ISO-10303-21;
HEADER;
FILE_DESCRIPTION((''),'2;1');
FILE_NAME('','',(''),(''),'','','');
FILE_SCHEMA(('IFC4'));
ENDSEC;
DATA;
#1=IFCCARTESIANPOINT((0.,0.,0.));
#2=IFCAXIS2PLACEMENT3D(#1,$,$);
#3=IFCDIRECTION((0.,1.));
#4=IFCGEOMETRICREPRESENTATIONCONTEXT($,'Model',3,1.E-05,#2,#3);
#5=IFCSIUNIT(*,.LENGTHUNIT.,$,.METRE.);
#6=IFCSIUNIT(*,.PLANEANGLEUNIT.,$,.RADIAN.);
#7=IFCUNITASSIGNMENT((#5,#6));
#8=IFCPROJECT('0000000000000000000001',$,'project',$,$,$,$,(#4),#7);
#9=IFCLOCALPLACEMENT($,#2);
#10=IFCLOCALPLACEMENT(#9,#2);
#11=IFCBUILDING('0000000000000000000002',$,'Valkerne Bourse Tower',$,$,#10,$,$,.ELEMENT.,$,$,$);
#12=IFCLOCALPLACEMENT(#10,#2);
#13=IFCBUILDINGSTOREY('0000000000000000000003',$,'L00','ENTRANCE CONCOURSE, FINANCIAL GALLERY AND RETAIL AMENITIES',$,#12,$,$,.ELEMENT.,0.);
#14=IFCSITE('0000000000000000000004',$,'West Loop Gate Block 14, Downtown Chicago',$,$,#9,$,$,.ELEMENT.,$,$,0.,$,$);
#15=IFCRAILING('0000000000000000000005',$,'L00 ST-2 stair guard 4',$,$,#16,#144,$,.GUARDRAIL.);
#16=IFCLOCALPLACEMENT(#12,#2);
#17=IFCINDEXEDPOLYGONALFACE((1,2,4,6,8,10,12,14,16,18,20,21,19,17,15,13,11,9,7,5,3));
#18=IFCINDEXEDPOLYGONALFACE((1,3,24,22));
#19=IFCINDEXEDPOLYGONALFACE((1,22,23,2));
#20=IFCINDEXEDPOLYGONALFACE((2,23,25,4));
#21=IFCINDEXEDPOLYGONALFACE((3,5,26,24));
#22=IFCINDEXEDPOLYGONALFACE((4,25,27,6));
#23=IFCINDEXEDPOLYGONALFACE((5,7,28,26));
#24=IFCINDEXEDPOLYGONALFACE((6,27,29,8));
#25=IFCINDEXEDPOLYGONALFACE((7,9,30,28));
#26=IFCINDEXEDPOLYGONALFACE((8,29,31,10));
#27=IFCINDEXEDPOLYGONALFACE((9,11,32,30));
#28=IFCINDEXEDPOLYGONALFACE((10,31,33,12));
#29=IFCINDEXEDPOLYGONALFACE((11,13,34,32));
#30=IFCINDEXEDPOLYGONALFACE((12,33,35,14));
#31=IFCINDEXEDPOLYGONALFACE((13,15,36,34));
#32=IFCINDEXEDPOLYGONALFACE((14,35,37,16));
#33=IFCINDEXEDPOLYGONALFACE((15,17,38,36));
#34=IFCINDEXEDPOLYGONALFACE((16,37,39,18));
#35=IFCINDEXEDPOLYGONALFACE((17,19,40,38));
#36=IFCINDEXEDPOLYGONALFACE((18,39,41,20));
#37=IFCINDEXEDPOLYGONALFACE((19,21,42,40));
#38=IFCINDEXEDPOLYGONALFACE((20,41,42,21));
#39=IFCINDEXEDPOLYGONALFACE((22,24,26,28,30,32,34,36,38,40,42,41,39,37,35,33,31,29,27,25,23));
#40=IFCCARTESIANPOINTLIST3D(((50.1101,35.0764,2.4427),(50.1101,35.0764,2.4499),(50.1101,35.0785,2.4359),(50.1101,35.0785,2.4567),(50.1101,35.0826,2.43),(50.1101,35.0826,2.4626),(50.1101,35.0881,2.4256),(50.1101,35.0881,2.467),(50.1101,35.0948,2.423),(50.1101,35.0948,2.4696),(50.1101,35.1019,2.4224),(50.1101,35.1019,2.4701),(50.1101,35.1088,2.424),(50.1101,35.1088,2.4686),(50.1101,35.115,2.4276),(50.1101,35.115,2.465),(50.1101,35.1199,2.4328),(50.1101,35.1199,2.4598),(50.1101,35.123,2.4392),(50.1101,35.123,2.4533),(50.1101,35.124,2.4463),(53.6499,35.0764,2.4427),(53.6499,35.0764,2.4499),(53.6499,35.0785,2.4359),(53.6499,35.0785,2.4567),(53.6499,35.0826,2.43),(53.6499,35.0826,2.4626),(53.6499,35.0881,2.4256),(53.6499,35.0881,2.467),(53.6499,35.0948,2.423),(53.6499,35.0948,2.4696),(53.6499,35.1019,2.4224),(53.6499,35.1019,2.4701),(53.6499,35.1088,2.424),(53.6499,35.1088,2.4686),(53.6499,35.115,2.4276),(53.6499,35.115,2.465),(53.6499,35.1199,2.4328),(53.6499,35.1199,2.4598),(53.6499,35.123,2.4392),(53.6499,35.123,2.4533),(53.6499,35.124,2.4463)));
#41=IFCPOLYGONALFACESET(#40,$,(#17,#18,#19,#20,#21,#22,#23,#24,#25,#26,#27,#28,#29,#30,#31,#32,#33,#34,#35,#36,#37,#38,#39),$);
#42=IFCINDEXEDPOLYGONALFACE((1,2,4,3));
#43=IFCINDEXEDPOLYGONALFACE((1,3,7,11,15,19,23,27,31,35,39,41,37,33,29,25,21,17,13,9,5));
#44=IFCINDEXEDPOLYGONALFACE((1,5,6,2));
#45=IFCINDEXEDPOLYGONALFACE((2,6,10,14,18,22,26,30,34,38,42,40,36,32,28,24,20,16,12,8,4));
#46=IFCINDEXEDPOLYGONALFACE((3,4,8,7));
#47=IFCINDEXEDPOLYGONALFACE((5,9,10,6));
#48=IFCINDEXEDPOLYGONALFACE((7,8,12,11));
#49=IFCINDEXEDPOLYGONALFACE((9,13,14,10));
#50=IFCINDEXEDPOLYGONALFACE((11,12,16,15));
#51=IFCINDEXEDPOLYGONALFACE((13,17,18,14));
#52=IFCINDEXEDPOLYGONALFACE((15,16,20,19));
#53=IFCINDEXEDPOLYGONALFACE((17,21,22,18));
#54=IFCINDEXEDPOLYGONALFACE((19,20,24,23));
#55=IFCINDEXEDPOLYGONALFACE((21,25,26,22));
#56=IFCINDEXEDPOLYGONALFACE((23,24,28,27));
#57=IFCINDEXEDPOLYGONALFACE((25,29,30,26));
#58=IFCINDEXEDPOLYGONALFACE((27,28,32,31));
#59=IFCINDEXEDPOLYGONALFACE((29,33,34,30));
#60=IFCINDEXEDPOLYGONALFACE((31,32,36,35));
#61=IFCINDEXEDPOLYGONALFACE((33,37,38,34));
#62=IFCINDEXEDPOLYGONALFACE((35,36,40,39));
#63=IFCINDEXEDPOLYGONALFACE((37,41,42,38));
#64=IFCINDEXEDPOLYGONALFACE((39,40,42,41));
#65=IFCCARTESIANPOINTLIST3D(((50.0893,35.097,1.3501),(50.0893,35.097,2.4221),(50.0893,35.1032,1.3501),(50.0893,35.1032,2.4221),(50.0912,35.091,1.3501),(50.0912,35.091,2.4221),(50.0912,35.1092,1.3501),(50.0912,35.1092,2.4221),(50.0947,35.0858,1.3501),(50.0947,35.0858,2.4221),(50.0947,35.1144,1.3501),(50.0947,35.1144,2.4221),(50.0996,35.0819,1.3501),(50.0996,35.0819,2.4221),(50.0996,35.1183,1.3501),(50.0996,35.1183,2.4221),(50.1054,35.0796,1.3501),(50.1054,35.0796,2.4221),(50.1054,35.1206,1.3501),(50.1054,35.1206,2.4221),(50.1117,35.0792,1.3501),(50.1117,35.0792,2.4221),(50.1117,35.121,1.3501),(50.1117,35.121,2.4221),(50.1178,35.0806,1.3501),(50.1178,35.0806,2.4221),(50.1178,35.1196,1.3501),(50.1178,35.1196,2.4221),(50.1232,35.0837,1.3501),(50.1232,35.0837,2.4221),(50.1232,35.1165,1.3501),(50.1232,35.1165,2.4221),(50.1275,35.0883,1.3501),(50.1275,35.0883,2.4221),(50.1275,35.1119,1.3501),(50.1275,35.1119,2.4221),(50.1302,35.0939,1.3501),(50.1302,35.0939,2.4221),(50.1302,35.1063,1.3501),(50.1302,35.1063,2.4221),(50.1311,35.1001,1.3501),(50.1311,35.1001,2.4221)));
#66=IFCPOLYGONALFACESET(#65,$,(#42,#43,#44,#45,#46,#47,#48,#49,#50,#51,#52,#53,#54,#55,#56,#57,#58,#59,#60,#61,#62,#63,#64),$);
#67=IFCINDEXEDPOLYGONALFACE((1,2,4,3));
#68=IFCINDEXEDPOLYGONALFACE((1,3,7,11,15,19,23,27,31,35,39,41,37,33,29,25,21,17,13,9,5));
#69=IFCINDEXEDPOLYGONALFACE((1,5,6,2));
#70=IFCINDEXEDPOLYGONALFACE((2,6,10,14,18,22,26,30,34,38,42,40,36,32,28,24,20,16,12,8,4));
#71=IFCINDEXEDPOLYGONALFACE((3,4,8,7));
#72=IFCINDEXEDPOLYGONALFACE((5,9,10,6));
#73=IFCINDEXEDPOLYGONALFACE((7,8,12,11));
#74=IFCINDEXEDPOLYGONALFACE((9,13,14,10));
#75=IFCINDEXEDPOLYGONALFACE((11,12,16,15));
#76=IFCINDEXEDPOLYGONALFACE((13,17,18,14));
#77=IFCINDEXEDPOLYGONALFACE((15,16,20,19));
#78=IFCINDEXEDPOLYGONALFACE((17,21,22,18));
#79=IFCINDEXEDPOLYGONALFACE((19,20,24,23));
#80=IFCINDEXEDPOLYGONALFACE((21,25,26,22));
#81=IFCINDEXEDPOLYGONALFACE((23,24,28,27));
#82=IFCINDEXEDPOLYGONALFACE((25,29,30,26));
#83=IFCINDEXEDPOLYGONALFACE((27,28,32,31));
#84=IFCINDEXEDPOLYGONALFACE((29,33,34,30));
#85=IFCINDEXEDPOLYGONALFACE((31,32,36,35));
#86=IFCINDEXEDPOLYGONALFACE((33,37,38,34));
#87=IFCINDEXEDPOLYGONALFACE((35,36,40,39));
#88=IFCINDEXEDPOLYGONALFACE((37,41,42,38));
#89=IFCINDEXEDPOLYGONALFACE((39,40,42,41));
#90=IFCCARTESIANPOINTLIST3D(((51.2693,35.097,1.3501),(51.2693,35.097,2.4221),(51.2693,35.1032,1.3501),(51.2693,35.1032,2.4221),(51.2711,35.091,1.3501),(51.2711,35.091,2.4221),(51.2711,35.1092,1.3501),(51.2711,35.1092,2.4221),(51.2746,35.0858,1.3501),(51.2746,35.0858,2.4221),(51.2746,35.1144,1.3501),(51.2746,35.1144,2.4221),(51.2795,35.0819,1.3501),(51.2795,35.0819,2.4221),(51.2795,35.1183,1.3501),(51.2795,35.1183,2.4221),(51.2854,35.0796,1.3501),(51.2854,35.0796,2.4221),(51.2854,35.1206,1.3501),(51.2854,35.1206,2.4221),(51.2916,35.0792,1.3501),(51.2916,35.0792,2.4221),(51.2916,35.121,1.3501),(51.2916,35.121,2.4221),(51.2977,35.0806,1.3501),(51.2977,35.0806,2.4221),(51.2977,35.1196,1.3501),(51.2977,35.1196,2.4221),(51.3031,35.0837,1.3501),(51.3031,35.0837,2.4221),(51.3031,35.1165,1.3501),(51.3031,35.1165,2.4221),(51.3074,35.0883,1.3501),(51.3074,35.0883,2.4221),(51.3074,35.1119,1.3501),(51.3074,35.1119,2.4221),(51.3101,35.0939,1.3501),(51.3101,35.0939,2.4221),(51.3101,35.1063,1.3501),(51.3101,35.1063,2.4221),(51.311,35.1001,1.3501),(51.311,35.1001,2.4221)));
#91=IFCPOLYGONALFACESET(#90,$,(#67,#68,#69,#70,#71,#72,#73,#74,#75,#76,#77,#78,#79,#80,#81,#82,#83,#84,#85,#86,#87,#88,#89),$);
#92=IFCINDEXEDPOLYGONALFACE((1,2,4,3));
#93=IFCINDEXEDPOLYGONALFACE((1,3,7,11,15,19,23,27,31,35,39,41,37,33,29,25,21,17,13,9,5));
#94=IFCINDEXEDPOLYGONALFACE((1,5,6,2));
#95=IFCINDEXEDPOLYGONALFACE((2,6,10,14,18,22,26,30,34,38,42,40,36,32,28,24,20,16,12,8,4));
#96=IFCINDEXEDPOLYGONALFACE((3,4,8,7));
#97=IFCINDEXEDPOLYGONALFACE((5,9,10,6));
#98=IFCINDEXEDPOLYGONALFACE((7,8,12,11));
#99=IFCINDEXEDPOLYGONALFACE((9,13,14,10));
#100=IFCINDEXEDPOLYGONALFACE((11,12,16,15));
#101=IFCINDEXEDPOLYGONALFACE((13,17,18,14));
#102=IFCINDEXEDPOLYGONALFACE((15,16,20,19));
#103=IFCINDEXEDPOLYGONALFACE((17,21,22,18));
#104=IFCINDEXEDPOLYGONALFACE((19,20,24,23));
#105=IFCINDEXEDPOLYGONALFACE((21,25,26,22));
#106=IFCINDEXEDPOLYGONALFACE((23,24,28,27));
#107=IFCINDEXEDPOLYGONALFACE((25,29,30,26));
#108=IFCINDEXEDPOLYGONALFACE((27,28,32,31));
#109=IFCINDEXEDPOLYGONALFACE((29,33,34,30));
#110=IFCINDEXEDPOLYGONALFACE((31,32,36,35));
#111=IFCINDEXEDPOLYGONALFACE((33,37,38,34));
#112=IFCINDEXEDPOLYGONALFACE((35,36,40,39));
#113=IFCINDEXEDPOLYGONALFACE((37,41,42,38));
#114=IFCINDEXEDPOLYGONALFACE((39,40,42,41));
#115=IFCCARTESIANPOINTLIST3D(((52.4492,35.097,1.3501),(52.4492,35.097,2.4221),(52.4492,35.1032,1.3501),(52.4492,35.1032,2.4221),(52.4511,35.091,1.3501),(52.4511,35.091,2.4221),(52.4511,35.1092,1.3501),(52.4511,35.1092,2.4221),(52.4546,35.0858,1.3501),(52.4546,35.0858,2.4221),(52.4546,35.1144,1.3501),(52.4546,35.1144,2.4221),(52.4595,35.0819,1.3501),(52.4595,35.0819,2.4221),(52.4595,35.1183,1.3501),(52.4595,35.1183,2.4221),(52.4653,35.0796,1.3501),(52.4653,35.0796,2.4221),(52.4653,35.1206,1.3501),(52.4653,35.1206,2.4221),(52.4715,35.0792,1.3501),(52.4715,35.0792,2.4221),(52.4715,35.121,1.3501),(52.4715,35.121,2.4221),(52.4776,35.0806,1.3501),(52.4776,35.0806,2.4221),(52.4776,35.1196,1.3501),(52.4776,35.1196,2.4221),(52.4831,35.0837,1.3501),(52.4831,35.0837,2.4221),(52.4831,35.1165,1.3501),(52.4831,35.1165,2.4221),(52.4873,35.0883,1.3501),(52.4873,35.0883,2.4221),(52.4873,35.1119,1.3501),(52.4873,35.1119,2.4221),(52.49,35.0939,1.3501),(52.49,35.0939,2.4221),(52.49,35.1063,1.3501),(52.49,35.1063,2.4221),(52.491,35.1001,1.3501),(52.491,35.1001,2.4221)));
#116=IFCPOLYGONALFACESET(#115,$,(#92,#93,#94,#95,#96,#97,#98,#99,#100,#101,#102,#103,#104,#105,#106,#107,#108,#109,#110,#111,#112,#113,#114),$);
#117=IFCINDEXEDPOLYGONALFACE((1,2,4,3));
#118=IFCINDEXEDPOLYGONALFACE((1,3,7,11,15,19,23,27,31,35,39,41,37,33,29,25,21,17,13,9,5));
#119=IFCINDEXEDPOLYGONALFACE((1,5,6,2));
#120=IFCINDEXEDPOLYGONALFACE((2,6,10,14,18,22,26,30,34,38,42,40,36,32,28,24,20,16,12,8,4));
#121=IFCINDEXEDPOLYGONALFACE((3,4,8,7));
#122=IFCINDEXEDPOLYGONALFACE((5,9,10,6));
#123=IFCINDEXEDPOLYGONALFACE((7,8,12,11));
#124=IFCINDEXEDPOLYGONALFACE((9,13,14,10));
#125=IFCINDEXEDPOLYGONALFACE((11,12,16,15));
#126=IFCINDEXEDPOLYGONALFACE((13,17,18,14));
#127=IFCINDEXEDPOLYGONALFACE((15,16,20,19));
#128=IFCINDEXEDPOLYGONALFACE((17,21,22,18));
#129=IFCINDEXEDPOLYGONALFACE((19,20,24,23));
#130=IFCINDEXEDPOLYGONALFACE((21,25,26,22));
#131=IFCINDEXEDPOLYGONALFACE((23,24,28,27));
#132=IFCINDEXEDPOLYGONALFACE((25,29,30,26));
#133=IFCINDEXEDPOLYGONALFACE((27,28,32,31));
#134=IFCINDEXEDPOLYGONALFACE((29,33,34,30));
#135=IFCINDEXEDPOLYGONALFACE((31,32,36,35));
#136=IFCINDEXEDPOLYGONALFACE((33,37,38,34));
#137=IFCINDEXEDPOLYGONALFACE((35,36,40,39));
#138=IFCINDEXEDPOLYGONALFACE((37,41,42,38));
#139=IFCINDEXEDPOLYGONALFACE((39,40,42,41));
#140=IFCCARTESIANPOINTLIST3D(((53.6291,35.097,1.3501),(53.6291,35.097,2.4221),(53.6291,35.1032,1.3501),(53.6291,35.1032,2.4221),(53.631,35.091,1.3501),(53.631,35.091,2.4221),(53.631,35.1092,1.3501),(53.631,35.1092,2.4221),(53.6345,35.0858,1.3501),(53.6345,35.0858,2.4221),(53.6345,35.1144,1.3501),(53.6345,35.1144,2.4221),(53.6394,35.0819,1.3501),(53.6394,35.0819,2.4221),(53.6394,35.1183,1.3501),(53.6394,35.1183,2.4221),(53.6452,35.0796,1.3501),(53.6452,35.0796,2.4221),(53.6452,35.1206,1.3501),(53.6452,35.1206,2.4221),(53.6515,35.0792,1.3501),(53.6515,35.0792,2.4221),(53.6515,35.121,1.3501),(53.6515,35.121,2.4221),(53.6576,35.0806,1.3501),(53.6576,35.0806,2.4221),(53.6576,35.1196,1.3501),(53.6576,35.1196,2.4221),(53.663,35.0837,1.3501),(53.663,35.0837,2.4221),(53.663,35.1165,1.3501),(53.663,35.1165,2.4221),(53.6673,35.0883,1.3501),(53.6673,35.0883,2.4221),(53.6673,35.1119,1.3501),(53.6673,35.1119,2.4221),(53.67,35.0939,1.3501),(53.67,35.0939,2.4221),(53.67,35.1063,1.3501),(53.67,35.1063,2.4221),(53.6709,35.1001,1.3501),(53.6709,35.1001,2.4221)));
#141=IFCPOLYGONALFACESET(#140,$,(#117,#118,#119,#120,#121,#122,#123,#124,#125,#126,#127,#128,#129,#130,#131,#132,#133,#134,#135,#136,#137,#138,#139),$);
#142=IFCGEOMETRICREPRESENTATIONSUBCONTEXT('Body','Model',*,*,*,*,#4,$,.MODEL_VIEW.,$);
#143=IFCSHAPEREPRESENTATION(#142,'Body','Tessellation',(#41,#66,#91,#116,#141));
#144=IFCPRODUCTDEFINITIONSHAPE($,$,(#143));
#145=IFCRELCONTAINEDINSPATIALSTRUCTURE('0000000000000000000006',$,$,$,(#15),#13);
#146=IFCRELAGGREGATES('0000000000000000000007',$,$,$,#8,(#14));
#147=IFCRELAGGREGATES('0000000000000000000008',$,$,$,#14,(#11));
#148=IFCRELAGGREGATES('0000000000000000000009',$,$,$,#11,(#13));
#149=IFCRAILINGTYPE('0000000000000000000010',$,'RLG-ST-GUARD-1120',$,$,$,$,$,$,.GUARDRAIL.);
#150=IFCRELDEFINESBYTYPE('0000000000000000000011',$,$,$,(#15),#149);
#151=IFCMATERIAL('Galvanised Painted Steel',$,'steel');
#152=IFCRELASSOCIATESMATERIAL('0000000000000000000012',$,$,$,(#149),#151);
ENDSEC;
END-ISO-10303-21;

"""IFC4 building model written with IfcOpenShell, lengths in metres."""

from ifc_helpers import new_model, si_unit, direction, frame, origin, origin_2d, place, context, subcontext, project, spatial, circle, extrude, material, type_object, element, save


model = new_model("IFC4")

# Units and contexts
model_context = context("Model", 3, precision=1e-05, world=origin(), true_north=direction((0.0, 1.0)))
body_context = subcontext(model_context, "Body", "Model", "MODEL_VIEW")
ifc_project = project(units=[si_unit("LENGTHUNIT", "METRE"), si_unit("PLANEANGLEUNIT", "RADIAN")], contexts=[model_context])

# Site, building, storey
site_placement = place(None, origin())
site = spatial("IfcSite", under=ifc_project, at=site_placement, Name="West Loop Gate Block 14, Downtown Chicago", CompositionType="ELEMENT", RefElevation=0.0)
building_placement = place(site_placement, origin())
building = spatial("IfcBuilding", under=site, at=building_placement, Name="Valkerne Bourse Tower", CompositionType="ELEMENT")
storey_placement = place(building_placement, origin())
storey = spatial("IfcBuildingStorey", under=building, at=storey_placement, Name="L00", Description="ENTRANCE CONCOURSE, FINANCIAL GALLERY AND RETAIL AMENITIES", CompositionType="ELEMENT", Elevation=0.0)

# Railing
ifc_material_1 = material(Name="Galvanised Painted Steel", Category="steel")
railing_type_1 = type_object("IfcRailingType", Name="RLG-ST-GUARD-1120", PredefinedType="GUARDRAIL", material=ifc_material_1)
railing_1_placement = place(storey_placement, frame((50.1101, 35.1001, 1.3501)))
element("IfcRailing", 1, at=railing_1_placement, inside=storey, type_object=railing_type_1, Name="L00 ST-2 stair guard 4", PredefinedType="GUARDRAIL", context=body_context, shape_type="SweptSolid", body=[
    extrude(circle(Radius=0.0239, at=origin_2d()), frame((0.0, 0.0, 1.0962), z_axis=(1.0, 0.0, 0.0), x_axis=(0.0, 1.0, 0.0)), (0.0, 0.0, 1.0), 3.5398),
    extrude(circle(Radius=0.021, at=origin_2d()), origin(), (0.0, 0.0, 1.0), 1.072),
    extrude(circle(Radius=0.021, at=origin_2d()), frame((1.1799, 0.0, 0.0)), (0.0, 0.0, 1.0), 1.072),
    extrude(circle(Radius=0.021, at=origin_2d()), frame((2.3599, 0.0, 0.0)), (0.0, 0.0, 1.0), 1.072),
    extrude(circle(Radius=0.021, at=origin_2d()), frame((3.5398, 0.0, 0.0)), (0.0, 0.0, 1.0), 1.072),
])

save(model, "model.ifc")
